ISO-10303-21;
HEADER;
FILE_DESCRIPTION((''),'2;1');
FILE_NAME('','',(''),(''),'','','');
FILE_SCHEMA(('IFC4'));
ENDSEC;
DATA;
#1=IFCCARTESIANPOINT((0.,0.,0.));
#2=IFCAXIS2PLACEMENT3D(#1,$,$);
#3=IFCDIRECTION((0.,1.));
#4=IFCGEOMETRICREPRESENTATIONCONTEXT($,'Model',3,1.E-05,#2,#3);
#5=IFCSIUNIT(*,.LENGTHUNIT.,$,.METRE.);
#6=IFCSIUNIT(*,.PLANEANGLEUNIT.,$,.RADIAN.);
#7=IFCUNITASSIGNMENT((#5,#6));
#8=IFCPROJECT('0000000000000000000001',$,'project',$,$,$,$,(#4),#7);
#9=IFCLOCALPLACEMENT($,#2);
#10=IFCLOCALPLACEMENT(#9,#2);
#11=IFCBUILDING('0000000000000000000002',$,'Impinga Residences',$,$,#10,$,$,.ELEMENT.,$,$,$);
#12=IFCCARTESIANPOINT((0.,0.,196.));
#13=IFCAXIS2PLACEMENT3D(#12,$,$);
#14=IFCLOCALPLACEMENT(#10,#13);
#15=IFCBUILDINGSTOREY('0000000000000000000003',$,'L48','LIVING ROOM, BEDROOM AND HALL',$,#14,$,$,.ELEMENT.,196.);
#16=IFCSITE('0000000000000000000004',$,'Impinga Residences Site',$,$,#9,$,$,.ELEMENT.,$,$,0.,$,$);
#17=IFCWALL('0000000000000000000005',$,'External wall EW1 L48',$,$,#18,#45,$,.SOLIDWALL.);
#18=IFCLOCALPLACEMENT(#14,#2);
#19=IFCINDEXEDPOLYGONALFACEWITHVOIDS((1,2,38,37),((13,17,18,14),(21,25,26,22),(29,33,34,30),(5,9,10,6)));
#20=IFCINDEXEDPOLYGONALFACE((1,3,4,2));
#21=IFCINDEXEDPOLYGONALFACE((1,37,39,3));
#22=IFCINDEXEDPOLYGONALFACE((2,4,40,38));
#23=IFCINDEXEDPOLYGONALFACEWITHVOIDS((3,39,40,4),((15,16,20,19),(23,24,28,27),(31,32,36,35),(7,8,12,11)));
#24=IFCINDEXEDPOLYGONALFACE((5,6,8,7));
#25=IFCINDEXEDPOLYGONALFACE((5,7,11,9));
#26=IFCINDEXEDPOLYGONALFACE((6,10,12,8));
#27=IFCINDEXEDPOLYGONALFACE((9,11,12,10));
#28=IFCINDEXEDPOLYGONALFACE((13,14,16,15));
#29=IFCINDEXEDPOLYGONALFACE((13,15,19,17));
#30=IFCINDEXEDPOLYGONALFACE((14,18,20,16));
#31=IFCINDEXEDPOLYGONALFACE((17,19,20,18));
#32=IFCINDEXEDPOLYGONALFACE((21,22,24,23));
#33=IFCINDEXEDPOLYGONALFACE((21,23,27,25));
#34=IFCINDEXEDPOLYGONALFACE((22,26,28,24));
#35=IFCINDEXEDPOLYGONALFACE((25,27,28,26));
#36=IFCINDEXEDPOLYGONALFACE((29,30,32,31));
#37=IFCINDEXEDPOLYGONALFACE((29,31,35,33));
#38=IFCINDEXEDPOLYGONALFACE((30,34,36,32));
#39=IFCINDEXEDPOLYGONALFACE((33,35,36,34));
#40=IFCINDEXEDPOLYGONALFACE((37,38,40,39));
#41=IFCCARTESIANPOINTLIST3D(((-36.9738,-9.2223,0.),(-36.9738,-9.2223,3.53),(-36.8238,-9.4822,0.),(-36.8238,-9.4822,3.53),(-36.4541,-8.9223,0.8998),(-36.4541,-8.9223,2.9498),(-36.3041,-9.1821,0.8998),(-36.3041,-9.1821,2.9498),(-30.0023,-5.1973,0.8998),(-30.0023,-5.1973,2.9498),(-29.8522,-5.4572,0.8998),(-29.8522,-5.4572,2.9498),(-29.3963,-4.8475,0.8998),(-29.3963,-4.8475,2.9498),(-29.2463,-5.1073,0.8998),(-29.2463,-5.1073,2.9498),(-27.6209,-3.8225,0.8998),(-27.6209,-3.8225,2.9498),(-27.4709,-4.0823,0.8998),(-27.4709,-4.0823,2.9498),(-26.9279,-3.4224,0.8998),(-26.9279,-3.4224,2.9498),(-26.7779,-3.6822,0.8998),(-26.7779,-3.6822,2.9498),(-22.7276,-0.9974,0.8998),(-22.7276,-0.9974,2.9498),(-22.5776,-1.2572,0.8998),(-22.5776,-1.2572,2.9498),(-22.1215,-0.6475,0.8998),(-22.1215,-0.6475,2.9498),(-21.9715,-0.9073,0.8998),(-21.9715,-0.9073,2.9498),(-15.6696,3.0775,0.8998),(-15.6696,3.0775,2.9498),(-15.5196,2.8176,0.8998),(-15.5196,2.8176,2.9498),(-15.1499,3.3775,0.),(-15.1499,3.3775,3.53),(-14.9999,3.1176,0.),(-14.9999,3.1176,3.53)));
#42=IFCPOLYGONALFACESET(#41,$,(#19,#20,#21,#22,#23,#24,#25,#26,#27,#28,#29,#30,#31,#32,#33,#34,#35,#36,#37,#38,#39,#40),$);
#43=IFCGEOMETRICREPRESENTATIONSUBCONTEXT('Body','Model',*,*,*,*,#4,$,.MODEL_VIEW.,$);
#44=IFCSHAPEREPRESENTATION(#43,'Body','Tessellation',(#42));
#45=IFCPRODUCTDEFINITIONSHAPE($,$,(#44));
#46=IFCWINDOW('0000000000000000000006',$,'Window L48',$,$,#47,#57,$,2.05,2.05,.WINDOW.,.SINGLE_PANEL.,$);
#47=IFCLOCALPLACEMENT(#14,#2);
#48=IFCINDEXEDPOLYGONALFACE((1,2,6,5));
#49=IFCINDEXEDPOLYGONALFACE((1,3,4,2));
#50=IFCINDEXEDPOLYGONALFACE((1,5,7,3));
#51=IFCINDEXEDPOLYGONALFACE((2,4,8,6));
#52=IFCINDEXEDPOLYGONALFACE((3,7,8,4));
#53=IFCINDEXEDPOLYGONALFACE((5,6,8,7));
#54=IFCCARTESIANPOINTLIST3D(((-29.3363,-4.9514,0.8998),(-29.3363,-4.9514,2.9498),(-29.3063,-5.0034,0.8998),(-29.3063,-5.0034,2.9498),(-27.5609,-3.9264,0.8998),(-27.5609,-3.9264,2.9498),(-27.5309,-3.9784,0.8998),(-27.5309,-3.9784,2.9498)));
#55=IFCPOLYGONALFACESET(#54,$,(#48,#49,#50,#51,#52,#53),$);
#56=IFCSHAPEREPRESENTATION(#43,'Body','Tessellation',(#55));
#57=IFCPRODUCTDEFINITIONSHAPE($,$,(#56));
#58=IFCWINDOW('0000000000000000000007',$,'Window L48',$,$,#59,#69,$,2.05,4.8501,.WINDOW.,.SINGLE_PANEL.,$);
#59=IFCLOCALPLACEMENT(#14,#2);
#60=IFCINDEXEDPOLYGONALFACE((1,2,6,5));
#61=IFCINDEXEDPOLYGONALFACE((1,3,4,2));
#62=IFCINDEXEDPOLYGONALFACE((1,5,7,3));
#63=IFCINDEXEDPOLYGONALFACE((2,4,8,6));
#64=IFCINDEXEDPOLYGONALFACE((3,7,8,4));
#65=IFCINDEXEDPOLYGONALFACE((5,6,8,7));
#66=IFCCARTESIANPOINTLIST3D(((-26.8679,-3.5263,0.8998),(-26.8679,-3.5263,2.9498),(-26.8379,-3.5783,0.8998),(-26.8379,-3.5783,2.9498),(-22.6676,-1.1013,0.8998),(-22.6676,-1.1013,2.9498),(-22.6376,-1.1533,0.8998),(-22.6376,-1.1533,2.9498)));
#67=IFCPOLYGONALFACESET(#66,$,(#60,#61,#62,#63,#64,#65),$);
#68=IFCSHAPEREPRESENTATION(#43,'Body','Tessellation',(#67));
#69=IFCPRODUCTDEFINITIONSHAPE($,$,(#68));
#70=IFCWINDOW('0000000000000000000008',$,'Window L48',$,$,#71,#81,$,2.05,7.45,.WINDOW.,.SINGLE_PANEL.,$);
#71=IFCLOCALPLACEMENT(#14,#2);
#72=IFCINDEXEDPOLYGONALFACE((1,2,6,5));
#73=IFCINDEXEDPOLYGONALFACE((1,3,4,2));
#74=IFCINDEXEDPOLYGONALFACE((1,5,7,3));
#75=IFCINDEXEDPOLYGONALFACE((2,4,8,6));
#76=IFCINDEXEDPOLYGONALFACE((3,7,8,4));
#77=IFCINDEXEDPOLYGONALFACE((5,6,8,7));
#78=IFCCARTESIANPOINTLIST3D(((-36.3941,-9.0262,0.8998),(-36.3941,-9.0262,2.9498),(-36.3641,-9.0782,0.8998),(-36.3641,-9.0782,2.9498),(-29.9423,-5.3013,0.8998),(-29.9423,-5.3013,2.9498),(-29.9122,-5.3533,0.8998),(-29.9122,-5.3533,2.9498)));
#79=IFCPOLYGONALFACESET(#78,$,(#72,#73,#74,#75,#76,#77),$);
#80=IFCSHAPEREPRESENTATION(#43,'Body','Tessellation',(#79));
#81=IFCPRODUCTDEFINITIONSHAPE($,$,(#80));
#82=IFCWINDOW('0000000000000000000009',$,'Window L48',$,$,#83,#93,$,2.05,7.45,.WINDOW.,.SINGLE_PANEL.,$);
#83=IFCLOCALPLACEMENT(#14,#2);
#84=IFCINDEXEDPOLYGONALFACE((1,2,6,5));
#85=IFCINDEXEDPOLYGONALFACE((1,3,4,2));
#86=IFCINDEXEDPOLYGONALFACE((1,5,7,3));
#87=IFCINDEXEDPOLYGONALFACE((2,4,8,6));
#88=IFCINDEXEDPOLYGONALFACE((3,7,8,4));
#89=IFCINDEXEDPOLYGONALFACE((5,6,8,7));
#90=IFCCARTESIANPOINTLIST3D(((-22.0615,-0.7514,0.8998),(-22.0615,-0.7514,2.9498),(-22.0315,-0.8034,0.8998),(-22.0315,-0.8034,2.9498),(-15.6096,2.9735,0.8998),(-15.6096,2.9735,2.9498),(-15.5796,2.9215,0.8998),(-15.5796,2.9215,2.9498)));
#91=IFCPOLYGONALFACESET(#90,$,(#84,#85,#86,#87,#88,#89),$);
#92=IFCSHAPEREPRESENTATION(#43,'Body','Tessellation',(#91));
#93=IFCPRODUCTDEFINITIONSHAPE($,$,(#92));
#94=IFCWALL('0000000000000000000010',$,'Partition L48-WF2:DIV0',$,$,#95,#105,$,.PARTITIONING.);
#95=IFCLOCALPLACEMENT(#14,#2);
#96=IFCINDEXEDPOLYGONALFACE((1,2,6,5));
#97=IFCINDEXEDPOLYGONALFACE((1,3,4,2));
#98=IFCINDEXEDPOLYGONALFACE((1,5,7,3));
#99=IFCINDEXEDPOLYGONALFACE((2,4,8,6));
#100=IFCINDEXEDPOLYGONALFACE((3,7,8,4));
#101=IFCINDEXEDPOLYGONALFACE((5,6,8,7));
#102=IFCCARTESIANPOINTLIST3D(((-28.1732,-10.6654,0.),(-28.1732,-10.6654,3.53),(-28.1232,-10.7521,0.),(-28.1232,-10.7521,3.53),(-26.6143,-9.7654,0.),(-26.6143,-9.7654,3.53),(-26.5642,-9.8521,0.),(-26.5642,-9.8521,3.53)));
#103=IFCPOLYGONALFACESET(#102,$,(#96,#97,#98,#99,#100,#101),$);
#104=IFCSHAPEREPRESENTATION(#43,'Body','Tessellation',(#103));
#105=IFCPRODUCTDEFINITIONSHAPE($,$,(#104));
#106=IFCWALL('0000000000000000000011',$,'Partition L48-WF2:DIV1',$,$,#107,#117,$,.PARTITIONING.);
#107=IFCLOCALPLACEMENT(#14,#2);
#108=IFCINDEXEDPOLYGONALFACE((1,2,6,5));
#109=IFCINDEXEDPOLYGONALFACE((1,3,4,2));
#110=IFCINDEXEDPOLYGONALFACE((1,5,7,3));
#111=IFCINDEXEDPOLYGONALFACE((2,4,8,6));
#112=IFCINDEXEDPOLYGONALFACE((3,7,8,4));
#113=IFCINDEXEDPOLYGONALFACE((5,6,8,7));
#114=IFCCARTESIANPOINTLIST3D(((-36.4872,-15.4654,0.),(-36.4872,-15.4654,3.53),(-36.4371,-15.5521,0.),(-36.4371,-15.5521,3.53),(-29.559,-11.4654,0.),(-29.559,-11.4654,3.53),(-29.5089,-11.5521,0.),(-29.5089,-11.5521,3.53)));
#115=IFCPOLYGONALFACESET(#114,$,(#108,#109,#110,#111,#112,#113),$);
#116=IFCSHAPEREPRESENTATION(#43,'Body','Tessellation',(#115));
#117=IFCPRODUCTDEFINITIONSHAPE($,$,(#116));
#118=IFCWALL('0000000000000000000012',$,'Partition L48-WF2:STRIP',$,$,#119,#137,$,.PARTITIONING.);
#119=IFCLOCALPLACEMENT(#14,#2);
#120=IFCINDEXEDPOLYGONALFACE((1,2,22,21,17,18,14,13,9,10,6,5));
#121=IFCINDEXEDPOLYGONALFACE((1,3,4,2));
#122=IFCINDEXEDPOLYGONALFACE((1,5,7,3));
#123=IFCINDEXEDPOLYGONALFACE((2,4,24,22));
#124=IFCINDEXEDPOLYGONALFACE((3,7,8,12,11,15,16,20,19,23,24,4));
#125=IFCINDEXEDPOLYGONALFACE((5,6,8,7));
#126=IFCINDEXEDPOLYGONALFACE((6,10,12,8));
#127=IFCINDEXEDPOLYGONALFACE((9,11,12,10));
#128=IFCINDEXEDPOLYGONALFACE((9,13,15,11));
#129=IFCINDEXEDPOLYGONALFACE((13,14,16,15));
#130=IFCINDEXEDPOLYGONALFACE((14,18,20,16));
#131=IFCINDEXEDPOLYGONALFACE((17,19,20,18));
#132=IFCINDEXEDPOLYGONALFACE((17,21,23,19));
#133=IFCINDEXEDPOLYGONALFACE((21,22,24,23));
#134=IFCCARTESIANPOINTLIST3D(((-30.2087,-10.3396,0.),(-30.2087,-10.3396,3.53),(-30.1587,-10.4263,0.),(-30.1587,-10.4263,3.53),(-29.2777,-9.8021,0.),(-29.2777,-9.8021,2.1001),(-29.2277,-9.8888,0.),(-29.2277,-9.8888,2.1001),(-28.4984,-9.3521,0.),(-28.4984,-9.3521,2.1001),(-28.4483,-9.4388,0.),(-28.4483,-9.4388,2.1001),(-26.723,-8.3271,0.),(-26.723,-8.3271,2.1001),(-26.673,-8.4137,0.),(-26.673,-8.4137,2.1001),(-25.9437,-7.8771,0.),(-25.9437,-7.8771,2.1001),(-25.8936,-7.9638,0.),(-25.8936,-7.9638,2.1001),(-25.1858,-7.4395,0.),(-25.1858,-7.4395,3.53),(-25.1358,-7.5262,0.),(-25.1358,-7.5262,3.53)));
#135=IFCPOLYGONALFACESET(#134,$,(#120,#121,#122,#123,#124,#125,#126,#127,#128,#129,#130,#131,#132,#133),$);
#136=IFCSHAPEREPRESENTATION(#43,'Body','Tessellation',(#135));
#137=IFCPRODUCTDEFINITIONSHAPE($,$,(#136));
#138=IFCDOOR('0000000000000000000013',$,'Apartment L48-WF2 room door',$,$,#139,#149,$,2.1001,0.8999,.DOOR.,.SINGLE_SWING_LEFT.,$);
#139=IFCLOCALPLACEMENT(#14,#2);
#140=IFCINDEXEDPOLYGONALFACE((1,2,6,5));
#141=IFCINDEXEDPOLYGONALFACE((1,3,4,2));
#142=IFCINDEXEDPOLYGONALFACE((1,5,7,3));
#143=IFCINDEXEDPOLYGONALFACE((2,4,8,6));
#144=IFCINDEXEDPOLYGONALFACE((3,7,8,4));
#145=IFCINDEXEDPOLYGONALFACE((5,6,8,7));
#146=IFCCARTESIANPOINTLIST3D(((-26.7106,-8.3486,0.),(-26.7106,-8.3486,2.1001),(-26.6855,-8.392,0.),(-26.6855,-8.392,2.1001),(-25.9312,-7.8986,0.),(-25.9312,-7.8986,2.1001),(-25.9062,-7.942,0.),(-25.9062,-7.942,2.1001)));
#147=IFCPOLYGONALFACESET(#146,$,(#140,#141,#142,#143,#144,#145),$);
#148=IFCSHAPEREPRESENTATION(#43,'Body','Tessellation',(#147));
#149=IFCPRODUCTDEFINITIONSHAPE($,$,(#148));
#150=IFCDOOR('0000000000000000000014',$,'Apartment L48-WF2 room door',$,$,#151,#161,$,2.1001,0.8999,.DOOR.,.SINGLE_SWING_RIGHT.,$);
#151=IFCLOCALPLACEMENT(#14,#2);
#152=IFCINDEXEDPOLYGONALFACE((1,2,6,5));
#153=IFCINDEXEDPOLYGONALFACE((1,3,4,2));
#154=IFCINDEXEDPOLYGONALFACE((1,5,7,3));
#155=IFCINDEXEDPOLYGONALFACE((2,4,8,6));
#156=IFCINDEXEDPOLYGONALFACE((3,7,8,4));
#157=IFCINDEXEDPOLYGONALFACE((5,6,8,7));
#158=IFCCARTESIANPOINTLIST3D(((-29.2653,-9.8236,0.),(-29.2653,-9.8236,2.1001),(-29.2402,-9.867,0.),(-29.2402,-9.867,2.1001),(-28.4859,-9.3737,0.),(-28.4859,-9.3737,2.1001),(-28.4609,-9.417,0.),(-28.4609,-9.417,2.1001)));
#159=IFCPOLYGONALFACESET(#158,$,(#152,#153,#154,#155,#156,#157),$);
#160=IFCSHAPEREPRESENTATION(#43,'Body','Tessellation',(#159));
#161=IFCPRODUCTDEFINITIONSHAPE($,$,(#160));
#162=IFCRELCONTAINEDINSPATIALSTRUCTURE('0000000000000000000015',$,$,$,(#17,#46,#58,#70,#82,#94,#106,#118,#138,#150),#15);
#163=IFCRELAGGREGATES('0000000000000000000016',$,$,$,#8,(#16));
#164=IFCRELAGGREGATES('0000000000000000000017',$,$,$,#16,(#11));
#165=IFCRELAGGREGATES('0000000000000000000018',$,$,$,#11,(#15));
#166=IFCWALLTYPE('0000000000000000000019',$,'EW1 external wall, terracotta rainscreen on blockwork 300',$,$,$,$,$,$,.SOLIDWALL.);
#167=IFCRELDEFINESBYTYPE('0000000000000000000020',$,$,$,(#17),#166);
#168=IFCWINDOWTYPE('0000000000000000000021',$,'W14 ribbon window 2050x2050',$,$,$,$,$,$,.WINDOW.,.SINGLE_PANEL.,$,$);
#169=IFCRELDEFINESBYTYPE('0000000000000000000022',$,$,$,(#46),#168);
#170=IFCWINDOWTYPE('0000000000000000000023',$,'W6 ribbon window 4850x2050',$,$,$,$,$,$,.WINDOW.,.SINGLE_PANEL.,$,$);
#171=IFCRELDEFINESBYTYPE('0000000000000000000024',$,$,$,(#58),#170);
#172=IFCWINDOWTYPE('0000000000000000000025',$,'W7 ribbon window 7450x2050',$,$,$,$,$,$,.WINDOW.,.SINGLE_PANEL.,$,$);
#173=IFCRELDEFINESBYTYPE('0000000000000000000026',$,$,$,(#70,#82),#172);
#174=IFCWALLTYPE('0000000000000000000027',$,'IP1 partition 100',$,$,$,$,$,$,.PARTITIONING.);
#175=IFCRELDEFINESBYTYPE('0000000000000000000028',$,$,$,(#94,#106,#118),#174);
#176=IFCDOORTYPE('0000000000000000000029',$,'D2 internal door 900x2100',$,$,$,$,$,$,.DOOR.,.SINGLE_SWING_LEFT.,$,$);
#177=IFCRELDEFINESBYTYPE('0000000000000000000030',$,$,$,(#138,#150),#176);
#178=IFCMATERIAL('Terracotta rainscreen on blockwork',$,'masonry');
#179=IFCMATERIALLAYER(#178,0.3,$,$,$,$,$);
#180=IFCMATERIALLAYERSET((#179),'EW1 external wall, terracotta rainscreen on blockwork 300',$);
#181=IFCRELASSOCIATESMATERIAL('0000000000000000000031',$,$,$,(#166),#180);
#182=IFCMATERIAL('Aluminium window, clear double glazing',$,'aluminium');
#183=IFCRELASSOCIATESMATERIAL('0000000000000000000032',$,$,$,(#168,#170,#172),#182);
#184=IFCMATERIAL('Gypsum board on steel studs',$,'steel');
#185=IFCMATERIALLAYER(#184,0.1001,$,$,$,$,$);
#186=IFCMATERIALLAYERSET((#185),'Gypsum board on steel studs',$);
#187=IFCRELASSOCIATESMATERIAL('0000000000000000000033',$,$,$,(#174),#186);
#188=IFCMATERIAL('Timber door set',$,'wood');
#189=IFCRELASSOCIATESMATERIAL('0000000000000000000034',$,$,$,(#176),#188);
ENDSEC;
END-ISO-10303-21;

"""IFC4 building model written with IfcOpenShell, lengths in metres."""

from ifc_helpers import new_model, si_unit, direction, frame, frame_2d, origin, place, context, subcontext, project, spatial, rectangle, extrude, material, layer, layer_set, type_object, element, fill, save


model = new_model("IFC4")

# Units and contexts
model_context = context("Model", 3, precision=1e-05, world=origin(), true_north=direction((0.0, 1.0)))
body_context = subcontext(model_context, "Body", "Model", "MODEL_VIEW")
ifc_project = project(units=[si_unit("LENGTHUNIT", "METRE"), si_unit("PLANEANGLEUNIT", "RADIAN")], contexts=[model_context])

# Site, building, storey
site_placement = place(None, origin())
site = spatial("IfcSite", under=ifc_project, at=site_placement, Name="Impinga Residences Site", CompositionType="ELEMENT", RefElevation=0.0)
building_placement = place(site_placement, origin())
building = spatial("IfcBuilding", under=site, at=building_placement, Name="Impinga Residences", CompositionType="ELEMENT")
storey_placement = place(building_placement, frame((0.0, 0.0, 196.0)))
storey = spatial("IfcBuildingStorey", under=building, at=storey_placement, Name="L48", Description="LIVING ROOM, BEDROOM AND HALL", CompositionType="ELEMENT", Elevation=196.0)

# Shared definitions
ifc_material_1 = material(Name="Terracotta rainscreen on blockwork", Category="masonry")
ifc_layer_1 = layer(ifc_material_1, 0.3)
ifc_layer_set_1 = layer_set([ifc_layer_1], Name="EW1 external wall, terracotta rainscreen on blockwork 300")
wall_type_1 = type_object("IfcWallType", Name="EW1 external wall, terracotta rainscreen on blockwork 300", PredefinedType="SOLIDWALL", material=ifc_layer_set_1)

# Wall, openings, windows
wall_1_placement = place(storey_placement, frame((-36.8989, -9.3523, 0.0), z_axis=(0.0, 0.0, 1.0), x_axis=(0.866029, 0.499993, 0.0)))
wall_1 = element("IfcWall", 1, at=wall_1_placement, inside=storey, type_object=wall_type_1, Name="External wall EW1 L48", PredefinedType="SOLIDWALL", context=body_context, shape_type="SweptSolid", body=[
    extrude(rectangle(XDim=25.2, YDim=0.3, at=frame_2d((12.6001, 0.0))), origin(), (0.0, 0.0, 1.0), 3.53),
])
opening_1_placement = place(wall_1_placement, frame((0.6001, 0.0, 0.8999)))
opening_1 = element("IfcOpeningElement", 2, at=opening_1_placement, cuts=wall_1, PredefinedType="OPENING", context=body_context, shape_type="SweptSolid", body=[
    extrude(rectangle(XDim=7.45, YDim=2.05, at=frame_2d((3.7251, 1.0249))), frame((0.0, 0.1599, 0.0), z_axis=(0.0, -1.0, 0.0), x_axis=(1.0, 0.0, 0.0)), (0.0, 0.0, 1.0), 0.3201),
])
opening_2_placement = place(wall_1_placement, frame((8.75, 0.0, 0.8999)))
opening_2 = element("IfcOpeningElement", 3, at=opening_2_placement, cuts=wall_1, PredefinedType="OPENING", context=body_context, shape_type="SweptSolid", body=[
    extrude(rectangle(XDim=2.05, YDim=2.05, at=frame_2d((1.0249, 1.0249))), frame((0.0, 0.1599, 0.0), z_axis=(0.0, -1.0, 0.0), x_axis=(1.0, 0.0, 0.0)), (0.0, 0.0, 1.0), 0.3201),
])
opening_3_placement = place(wall_1_placement, frame((11.6001, 0.0, 0.8999)))
opening_3 = element("IfcOpeningElement", 4, at=opening_3_placement, cuts=wall_1, PredefinedType="OPENING", context=body_context, shape_type="SweptSolid", body=[
    extrude(rectangle(XDim=4.8501, YDim=2.05, at=frame_2d((2.425, 1.0249))), frame((0.0, 0.1599, 0.0), z_axis=(0.0, -1.0, 0.0), x_axis=(1.0, 0.0, 0.0)), (0.0, 0.0, 1.0), 0.3201),
])
opening_4_placement = place(wall_1_placement, frame((17.1499, 0.0, 0.8999)))
opening_4 = element("IfcOpeningElement", 5, at=opening_4_placement, cuts=wall_1, PredefinedType="OPENING", context=body_context, shape_type="SweptSolid", body=[
    extrude(rectangle(XDim=7.45, YDim=2.05, at=frame_2d((3.7251, 1.0249))), frame((0.0, 0.1599, 0.0), z_axis=(0.0, -1.0, 0.0), x_axis=(1.0, 0.0, 0.0)), (0.0, 0.0, 1.0), 0.3201),
])
ifc_material_2 = material(Name="Aluminium window, clear double glazing", Category="aluminium")
window_type_1 = type_object("IfcWindowType", Name="W14 ribbon window 2050x2050", PartitioningType="SINGLE_PANEL", PredefinedType="WINDOW", material=ifc_material_2)
window_1_placement = place(opening_2_placement, origin())
window_1 = element("IfcWindow", 6, at=window_1_placement, inside=storey, type_object=window_type_1, Name="Window L48", OverallHeight=2.05, OverallWidth=2.05, PartitioningType="SINGLE_PANEL", PredefinedType="WINDOW", context=body_context, shape_type="SweptSolid", body=[
    extrude(rectangle(XDim=2.05, YDim=2.05, at=frame_2d((1.0249, 1.0249))), frame((0.0, 0.03, 0.0), z_axis=(0.0, -1.0, 0.0), x_axis=(1.0, 0.0, 0.0)), (0.0, 0.0, 1.0), 0.0601),
])
fill(opening_2, window_1)
window_type_2 = type_object("IfcWindowType", Name="W6 ribbon window 4850x2050", PartitioningType="SINGLE_PANEL", PredefinedType="WINDOW", material=ifc_material_2)
window_2_placement = place(opening_3_placement, origin())
window_2 = element("IfcWindow", 7, at=window_2_placement, inside=storey, type_object=window_type_2, Name="Window L48", OverallHeight=2.05, OverallWidth=4.8501, PartitioningType="SINGLE_PANEL", PredefinedType="WINDOW", context=body_context, shape_type="SweptSolid", body=[
    extrude(rectangle(XDim=4.8501, YDim=2.05, at=frame_2d((2.425, 1.0249))), frame((0.0, 0.03, 0.0), z_axis=(0.0, -1.0, 0.0), x_axis=(1.0, 0.0, 0.0)), (0.0, 0.0, 1.0), 0.0601),
])
fill(opening_3, window_2)
window_type_3 = type_object("IfcWindowType", Name="W7 ribbon window 7450x2050", PartitioningType="SINGLE_PANEL", PredefinedType="WINDOW", material=ifc_material_2)
window_3_placement = place(opening_1_placement, origin())
window_3 = element("IfcWindow", 8, at=window_3_placement, inside=storey, type_object=window_type_3, Name="Window L48", OverallHeight=2.05, OverallWidth=7.45, PartitioningType="SINGLE_PANEL", PredefinedType="WINDOW", context=body_context, shape_type="SweptSolid", body=[
    extrude(rectangle(XDim=7.45, YDim=2.05, at=frame_2d((3.7251, 1.0249))), frame((0.0, 0.03, 0.0), z_axis=(0.0, -1.0, 0.0), x_axis=(1.0, 0.0, 0.0)), (0.0, 0.0, 1.0), 0.0601),
])
fill(opening_1, window_3)
window_4_placement = place(opening_4_placement, origin())
window_4 = element("IfcWindow", 9, at=window_4_placement, inside=storey, type_object=window_type_3, Name="Window L48", OverallHeight=2.05, OverallWidth=7.45, PartitioningType="SINGLE_PANEL", PredefinedType="WINDOW", context=body_context, shape_type="SweptSolid", body=[
    extrude(rectangle(XDim=7.45, YDim=2.05, at=frame_2d((3.7251, 1.0249))), frame((0.0, 0.03, 0.0), z_axis=(0.0, -1.0, 0.0), x_axis=(1.0, 0.0, 0.0)), (0.0, 0.0, 1.0), 0.0601),
])
fill(opening_4, window_4)

# Walls
ifc_material_3 = material(Name="Gypsum board on steel studs", Category="steel")
ifc_layer_2 = layer(ifc_material_3, 0.1001)
ifc_layer_set_2 = layer_set([ifc_layer_2], Name="Gypsum board on steel studs")
wall_type_2 = type_object("IfcWallType", Name="IP1 partition 100", PredefinedType="PARTITIONING", material=ifc_layer_set_2)
wall_2_placement = place(storey_placement, frame((-26.5894, -9.8088, 0.0), z_axis=(0.0, 0.0, 1.0), x_axis=(-0.866048, -0.499961, 0.0)))
element("IfcWall", 10, at=wall_2_placement, inside=storey, type_object=wall_type_2, Name="Partition L48-WF2:DIV0", PredefinedType="PARTITIONING", context=body_context, shape_type="SweptSolid", body=[
    extrude(rectangle(XDim=1.8, YDim=0.1001, at=frame_2d((0.8999, 0.0))), origin(), (0.0, 0.0, 1.0), 3.53),
])
wall_3_placement = place(storey_placement, frame((-29.5339, -11.5088, 0.0), z_axis=(0.0, 0.0, 1.0), x_axis=(-0.866026, -0.499999, 0.0)))
element("IfcWall", 11, at=wall_3_placement, inside=storey, type_object=wall_type_2, Name="Partition L48-WF2:DIV1", PredefinedType="PARTITIONING", context=body_context, shape_type="SweptSolid", body=[
    extrude(rectangle(XDim=8.0, YDim=0.1001, at=frame_2d((4.0, 0.0))), origin(), (0.0, 0.0, 1.0), 3.53),
])

# Wall, openings, doors
wall_4_placement = place(storey_placement, frame((-25.1609, -7.4829, 0.0), z_axis=(0.0, 0.0, 1.0), x_axis=(-0.866015, -0.500019, 0.0)))
wall_4 = element("IfcWall", 12, at=wall_4_placement, inside=storey, type_object=wall_type_2, Name="Partition L48-WF2:STRIP", PredefinedType="PARTITIONING", context=body_context, shape_type="SweptSolid", body=[
    extrude(rectangle(XDim=5.8, YDim=0.1001, at=frame_2d((2.8999, 0.0))), origin(), (0.0, 0.0, 1.0), 3.53),
])
opening_5_placement = place(wall_4_placement, frame((0.875, 0.0, 0.0)))
opening_5 = element("IfcOpeningElement", 13, at=opening_5_placement, cuts=wall_4, PredefinedType="OPENING", context=body_context, shape_type="SweptSolid", body=[
    extrude(rectangle(XDim=0.8999, YDim=2.1001, at=frame_2d((0.45, 1.05))), frame((0.0, 0.0601, 0.0), z_axis=(0.0, -1.0, 0.0), x_axis=(1.0, 0.0, 0.0)), (0.0, 0.0, 1.0), 0.1201),
])
opening_6_placement = place(wall_4_placement, frame((3.825, 0.0, 0.0)))
opening_6 = element("IfcOpeningElement", 14, at=opening_6_placement, cuts=wall_4, PredefinedType="OPENING", context=body_context, shape_type="SweptSolid", body=[
    extrude(rectangle(XDim=0.8999, YDim=2.1001, at=frame_2d((0.45, 1.05))), frame((0.0, 0.0601, 0.0), z_axis=(0.0, -1.0, 0.0), x_axis=(1.0, 0.0, 0.0)), (0.0, 0.0, 1.0), 0.1201),
])
ifc_material_4 = material(Name="Timber door set", Category="wood")
door_type = type_object("IfcDoorType", Name="D2 internal door 900x2100", OperationType="SINGLE_SWING_LEFT", PredefinedType="DOOR", material=ifc_material_4)
door_1_placement = place(opening_5_placement, origin())
door_1 = element("IfcDoor", 15, at=door_1_placement, inside=storey, type_object=door_type, Name="Apartment L48-WF2 room door", OperationType="SINGLE_SWING_LEFT", OverallHeight=2.1001, OverallWidth=0.8999, PredefinedType="DOOR", context=body_context, shape_type="SweptSolid", body=[
    extrude(rectangle(XDim=0.8999, YDim=2.1001, at=frame_2d((0.45, 1.05))), frame((0.0, 0.0249, 0.0), z_axis=(0.0, -1.0, 0.0), x_axis=(1.0, 0.0, 0.0)), (0.0, 0.0, 1.0), 0.05),
])
fill(opening_5, door_1)
door_2_placement = place(opening_6_placement, origin())
door_2 = element("IfcDoor", 16, at=door_2_placement, inside=storey, type_object=door_type, Name="Apartment L48-WF2 room door", OperationType="SINGLE_SWING_RIGHT", OverallHeight=2.1001, OverallWidth=0.8999, PredefinedType="DOOR", context=body_context, shape_type="SweptSolid", body=[
    extrude(rectangle(XDim=0.8999, YDim=2.1001, at=frame_2d((0.45, 1.05))), frame((0.0, 0.0249, 0.0), z_axis=(0.0, -1.0, 0.0), x_axis=(1.0, 0.0, 0.0)), (0.0, 0.0, 1.0), 0.05),
])
fill(opening_6, door_2)

save(model, "model.ifc")
